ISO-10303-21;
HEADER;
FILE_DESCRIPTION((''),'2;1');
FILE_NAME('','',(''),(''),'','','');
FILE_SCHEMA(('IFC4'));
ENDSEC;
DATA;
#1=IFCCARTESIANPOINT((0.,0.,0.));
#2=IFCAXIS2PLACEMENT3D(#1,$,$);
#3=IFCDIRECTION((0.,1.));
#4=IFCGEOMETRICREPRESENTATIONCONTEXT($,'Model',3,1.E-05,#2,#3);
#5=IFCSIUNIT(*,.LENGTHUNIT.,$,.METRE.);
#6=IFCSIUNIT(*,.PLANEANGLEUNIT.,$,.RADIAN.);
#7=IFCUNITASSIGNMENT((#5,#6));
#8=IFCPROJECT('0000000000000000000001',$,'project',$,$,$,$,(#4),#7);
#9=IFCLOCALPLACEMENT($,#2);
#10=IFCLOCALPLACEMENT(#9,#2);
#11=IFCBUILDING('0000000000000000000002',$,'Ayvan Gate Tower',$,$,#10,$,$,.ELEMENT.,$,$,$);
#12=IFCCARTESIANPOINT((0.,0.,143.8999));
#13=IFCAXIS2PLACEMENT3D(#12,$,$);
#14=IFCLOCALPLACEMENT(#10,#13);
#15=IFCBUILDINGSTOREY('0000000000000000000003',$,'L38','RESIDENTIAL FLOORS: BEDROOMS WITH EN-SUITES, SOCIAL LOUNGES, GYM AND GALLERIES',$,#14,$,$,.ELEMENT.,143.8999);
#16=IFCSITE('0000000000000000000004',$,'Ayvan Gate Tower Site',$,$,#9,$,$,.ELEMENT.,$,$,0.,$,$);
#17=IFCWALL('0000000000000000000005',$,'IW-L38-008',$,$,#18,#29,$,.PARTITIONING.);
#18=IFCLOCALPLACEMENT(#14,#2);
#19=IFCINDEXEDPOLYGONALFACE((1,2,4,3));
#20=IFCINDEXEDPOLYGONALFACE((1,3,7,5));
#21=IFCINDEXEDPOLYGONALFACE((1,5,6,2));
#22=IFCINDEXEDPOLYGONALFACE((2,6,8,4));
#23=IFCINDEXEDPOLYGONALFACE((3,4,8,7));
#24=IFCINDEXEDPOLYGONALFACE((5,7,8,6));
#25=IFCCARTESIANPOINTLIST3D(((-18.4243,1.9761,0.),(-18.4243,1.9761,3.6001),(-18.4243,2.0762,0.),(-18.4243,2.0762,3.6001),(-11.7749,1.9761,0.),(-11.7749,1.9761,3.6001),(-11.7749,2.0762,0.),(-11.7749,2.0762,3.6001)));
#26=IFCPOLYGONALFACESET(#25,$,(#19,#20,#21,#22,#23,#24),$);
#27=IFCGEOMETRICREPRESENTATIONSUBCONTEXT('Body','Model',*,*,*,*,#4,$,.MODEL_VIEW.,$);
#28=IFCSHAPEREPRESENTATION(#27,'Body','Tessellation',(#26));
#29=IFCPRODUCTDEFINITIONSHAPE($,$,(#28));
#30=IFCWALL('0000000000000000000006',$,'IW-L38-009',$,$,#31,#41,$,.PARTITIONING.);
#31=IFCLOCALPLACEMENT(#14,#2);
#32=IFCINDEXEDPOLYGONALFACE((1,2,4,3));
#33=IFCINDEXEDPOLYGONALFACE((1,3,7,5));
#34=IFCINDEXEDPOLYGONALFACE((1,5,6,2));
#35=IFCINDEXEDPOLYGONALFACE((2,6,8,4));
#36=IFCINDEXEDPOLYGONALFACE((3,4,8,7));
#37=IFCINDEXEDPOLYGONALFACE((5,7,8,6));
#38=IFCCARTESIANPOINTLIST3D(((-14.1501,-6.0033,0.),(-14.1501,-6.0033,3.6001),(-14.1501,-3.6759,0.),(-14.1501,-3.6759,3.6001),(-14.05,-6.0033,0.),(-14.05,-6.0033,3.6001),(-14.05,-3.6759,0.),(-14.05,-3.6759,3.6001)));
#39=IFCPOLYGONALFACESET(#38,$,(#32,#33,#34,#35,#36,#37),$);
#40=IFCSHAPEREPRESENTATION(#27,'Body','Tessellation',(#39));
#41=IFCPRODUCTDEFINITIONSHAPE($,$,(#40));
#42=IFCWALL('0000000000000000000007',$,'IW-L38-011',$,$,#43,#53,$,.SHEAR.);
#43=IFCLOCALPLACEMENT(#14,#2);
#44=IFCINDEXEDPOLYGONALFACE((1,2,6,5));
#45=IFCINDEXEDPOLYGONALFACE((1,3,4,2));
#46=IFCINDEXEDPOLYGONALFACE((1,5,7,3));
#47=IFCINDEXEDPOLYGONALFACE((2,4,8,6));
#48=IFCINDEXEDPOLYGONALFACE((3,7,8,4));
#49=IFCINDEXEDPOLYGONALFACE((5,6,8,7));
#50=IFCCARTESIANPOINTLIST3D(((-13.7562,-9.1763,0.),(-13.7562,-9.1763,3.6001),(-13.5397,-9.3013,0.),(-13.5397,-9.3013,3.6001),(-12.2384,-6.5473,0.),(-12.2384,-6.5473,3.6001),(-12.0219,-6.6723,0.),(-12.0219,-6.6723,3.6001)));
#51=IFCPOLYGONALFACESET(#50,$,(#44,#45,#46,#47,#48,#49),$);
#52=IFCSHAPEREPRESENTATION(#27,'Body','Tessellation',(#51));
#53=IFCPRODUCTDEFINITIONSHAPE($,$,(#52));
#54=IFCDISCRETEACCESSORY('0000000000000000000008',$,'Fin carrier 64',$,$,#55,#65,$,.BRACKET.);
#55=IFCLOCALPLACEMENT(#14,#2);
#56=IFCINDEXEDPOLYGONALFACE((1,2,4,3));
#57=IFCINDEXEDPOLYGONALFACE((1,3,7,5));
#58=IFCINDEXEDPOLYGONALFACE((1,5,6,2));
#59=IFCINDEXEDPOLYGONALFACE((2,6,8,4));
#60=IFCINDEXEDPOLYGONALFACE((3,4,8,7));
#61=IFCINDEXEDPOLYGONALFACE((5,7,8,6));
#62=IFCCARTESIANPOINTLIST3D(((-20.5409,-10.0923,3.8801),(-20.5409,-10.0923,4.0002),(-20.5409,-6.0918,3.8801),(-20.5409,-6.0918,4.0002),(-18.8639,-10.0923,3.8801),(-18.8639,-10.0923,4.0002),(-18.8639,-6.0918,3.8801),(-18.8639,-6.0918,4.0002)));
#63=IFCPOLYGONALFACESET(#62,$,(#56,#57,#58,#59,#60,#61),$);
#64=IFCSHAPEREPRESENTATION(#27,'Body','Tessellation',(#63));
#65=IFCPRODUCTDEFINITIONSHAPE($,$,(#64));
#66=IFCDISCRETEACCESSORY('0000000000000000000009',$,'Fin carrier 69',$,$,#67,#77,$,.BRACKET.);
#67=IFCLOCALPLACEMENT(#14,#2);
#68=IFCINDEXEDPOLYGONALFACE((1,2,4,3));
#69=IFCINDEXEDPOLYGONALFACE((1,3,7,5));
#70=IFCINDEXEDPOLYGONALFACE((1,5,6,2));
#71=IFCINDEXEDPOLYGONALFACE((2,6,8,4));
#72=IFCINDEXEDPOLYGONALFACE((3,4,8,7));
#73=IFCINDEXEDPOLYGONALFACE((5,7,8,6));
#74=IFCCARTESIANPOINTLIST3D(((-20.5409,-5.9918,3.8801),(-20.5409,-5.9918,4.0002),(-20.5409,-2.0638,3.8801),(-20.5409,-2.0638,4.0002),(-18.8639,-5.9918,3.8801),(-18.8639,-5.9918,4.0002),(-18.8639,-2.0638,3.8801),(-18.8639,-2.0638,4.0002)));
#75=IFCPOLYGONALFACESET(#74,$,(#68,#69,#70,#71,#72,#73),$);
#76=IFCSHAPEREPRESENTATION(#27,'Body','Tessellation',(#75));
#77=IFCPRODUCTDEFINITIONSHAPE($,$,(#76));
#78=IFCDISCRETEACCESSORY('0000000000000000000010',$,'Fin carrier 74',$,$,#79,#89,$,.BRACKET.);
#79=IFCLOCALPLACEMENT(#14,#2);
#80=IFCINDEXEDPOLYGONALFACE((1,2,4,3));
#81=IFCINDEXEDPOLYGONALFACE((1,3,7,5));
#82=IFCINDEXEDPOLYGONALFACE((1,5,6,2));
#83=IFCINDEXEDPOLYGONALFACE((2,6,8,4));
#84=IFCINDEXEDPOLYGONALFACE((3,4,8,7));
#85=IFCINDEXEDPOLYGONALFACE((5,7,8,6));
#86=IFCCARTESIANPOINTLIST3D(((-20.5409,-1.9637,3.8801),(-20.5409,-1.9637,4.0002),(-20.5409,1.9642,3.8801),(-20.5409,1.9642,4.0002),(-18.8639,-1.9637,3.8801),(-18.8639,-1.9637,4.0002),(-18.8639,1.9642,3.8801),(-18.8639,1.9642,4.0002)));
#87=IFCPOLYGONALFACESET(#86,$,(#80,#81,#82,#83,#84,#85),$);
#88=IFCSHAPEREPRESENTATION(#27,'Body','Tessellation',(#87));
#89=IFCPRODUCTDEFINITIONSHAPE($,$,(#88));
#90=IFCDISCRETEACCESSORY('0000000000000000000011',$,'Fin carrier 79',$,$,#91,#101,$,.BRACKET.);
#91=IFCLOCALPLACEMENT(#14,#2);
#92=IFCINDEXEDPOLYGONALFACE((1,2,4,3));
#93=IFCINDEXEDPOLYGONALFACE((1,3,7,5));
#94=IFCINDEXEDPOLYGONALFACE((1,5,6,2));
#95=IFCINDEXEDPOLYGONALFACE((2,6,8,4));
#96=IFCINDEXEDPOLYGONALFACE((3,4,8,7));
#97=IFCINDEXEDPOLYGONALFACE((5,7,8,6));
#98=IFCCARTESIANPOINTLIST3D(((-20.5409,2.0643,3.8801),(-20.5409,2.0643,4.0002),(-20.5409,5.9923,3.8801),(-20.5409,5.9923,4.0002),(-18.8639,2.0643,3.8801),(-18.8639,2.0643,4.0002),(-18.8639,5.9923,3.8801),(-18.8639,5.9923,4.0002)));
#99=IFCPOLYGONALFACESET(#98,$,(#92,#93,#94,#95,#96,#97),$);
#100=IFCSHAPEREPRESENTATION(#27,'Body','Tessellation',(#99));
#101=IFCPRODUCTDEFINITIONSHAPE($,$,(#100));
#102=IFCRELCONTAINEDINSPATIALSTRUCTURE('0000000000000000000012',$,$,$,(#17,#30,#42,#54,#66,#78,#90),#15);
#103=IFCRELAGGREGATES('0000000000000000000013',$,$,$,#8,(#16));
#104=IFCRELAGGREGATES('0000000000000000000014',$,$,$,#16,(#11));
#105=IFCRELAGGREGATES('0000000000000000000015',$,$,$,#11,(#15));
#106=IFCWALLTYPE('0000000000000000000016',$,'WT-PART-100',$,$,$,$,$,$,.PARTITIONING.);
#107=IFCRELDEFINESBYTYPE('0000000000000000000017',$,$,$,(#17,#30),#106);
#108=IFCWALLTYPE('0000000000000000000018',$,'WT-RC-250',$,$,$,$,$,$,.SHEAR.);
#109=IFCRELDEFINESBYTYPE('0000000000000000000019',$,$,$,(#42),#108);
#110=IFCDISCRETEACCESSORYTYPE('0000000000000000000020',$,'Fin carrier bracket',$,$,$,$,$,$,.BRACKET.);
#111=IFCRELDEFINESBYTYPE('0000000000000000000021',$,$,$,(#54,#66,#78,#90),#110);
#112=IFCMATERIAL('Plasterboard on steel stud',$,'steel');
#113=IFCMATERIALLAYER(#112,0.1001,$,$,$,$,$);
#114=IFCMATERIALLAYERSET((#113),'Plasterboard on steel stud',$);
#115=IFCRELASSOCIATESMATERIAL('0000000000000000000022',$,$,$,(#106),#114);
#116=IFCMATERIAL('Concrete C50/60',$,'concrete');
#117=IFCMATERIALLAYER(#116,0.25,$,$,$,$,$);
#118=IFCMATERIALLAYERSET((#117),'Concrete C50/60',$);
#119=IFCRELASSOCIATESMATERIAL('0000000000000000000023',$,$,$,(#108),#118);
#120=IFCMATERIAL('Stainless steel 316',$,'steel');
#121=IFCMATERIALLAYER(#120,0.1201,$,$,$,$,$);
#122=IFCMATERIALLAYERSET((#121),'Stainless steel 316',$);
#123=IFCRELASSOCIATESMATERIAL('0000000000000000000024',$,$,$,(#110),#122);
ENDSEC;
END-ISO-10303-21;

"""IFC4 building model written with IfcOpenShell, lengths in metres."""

from ifc_helpers import new_model, si_unit, direction, frame, frame_2d, origin, origin_2d, place, context, subcontext, project, spatial, rectangle, extrude, material, layer, layer_set, type_object, element, save


model = new_model("IFC4")

# Units and contexts
model_context = context("Model", 3, precision=1e-05, world=origin(), true_north=direction((0.0, 1.0)))
body_context = subcontext(model_context, "Body", "Model", "MODEL_VIEW")
ifc_project = project(units=[si_unit("LENGTHUNIT", "METRE"), si_unit("PLANEANGLEUNIT", "RADIAN")], contexts=[model_context])

# Site, building, storey
site_placement = place(None, origin())
site = spatial("IfcSite", under=ifc_project, at=site_placement, Name="Ayvan Gate Tower Site", CompositionType="ELEMENT", RefElevation=0.0)
building_placement = place(site_placement, origin())
building = spatial("IfcBuilding", under=site, at=building_placement, Name="Ayvan Gate Tower", CompositionType="ELEMENT")
storey_placement = place(building_placement, frame((0.0, 0.0, 143.8999)))
storey = spatial("IfcBuildingStorey", under=building, at=storey_placement, Name="L38", Description="RESIDENTIAL FLOORS: BEDROOMS WITH EN-SUITES, SOCIAL LOUNGES, GYM AND GALLERIES", CompositionType="ELEMENT", Elevation=143.8999)

# Shared definitions
ifc_material_1 = material(Name="Plasterboard on steel stud", Category="steel")

# Shared definitions
ifc_layer_1 = layer(ifc_material_1, 0.1001)
ifc_layer_set_1 = layer_set([ifc_layer_1], Name="Plasterboard on steel stud")
wall_type_1 = type_object("IfcWallType", Name="WT-PART-100", PredefinedType="PARTITIONING", material=ifc_layer_set_1)

# Walls
wall_1_placement = place(storey_placement, frame((-18.4243, 2.0261, 0.0), z_axis=(0.0, 0.0, 1.0), x_axis=(1.0, 0.0, 0.0)))
element("IfcWall", 1, at=wall_1_placement, inside=storey, type_object=wall_type_1, Name="IW-L38-008", PredefinedType="PARTITIONING", context=body_context, shape_type="SweptSolid", body=[
    extrude(rectangle(XDim=6.6494, YDim=0.1001, at=frame_2d((3.3247, 0.0))), origin(), (0.0, 0.0, 1.0), 3.6001),
])
wall_2_placement = place(storey_placement, frame((-14.1001, -3.676, 0.0), z_axis=(0.0, 0.0, 1.0), x_axis=(0.0, -1.0, 0.0)))
element("IfcWall", 2, at=wall_2_placement, inside=storey, type_object=wall_type_1, Name="IW-L38-009", PredefinedType="PARTITIONING", context=body_context, shape_type="SweptSolid", body=[
    extrude(rectangle(XDim=2.3274, YDim=0.1001, at=frame_2d((1.1636, 0.0))), origin(), (0.0, 0.0, 1.0), 3.6001),
])
ifc_material_2 = material(Name="Concrete C50/60", Category="concrete")
ifc_layer_2 = layer(ifc_material_2, 0.25)
ifc_layer_set_2 = layer_set([ifc_layer_2], Name="Concrete C50/60")
wall_type_2 = type_object("IfcWallType", Name="WT-RC-250", PredefinedType="SHEAR", material=ifc_layer_set_2)
wall_3_placement = place(storey_placement, frame((-13.6479, -9.2388, 0.0), z_axis=(0.0, 0.0, 1.0), x_axis=(0.500006, 0.866022, 0.0)))
element("IfcWall", 3, at=wall_3_placement, inside=storey, type_object=wall_type_2, Name="IW-L38-011", PredefinedType="SHEAR", context=body_context, shape_type="SweptSolid", body=[
    extrude(rectangle(XDim=3.0356, YDim=0.25, at=frame_2d((1.5178, 0.0))), origin(), (0.0, 0.0, 1.0), 3.6001),
])

# Discrete accessories
ifc_material_3 = material(Name="Stainless steel 316", Category="steel")
ifc_layer_3 = layer(ifc_material_3, 0.1201)
ifc_layer_set_3 = layer_set([ifc_layer_3], Name="Stainless steel 316")
discrete_accessory_type = type_object("IfcDiscreteAccessoryType", Name="Fin carrier bracket", PredefinedType="BRACKET", material=ifc_layer_set_3)
discrete_accessory_placement = place(storey_placement, frame((-19.7024, -8.092, 3.8801), z_axis=(0.0, 0.0, 1.0), x_axis=(0.0, -1.0, 0.0)))
element("IfcDiscreteAccessory", 4, at=discrete_accessory_placement, inside=storey, type_object=discrete_accessory_type, Name="Fin carrier 64", PredefinedType="BRACKET", context=body_context, shape_type="SweptSolid", body=[
    extrude(rectangle(XDim=4.0005, YDim=1.677, at=origin_2d()), origin(), (0.0, 0.0, 1.0), 0.1201),
])
for number, where, z_axis, x_axis, name in (
    (5, (-19.7024, -4.0278, 3.8801), (0.0, 0.0, 1.0), (0.0, -1.0, 0.0), "Fin carrier 69"),
    (6, (-19.7024, 0.0002, 3.8801), (0.0, 0.0, 1.0), (0.0, -1.0, 0.0), "Fin carrier 74"),
    (7, (-19.7024, 4.0283, 3.8801), (0.0, 0.0, 1.0), (0.0, -1.0, 0.0), "Fin carrier 79"),
):
    element("IfcDiscreteAccessory", number, at=place(storey_placement, frame(where, z_axis=z_axis, x_axis=x_axis)), inside=storey, type_object=discrete_accessory_type, Name=name, PredefinedType="BRACKET", context=body_context, shape_type="SweptSolid", body=[
        extrude(rectangle(XDim=3.928, YDim=1.677, at=origin_2d()), origin(), (0.0, 0.0, 1.0), 0.1201),
    ])

save(model, "model.ifc")
